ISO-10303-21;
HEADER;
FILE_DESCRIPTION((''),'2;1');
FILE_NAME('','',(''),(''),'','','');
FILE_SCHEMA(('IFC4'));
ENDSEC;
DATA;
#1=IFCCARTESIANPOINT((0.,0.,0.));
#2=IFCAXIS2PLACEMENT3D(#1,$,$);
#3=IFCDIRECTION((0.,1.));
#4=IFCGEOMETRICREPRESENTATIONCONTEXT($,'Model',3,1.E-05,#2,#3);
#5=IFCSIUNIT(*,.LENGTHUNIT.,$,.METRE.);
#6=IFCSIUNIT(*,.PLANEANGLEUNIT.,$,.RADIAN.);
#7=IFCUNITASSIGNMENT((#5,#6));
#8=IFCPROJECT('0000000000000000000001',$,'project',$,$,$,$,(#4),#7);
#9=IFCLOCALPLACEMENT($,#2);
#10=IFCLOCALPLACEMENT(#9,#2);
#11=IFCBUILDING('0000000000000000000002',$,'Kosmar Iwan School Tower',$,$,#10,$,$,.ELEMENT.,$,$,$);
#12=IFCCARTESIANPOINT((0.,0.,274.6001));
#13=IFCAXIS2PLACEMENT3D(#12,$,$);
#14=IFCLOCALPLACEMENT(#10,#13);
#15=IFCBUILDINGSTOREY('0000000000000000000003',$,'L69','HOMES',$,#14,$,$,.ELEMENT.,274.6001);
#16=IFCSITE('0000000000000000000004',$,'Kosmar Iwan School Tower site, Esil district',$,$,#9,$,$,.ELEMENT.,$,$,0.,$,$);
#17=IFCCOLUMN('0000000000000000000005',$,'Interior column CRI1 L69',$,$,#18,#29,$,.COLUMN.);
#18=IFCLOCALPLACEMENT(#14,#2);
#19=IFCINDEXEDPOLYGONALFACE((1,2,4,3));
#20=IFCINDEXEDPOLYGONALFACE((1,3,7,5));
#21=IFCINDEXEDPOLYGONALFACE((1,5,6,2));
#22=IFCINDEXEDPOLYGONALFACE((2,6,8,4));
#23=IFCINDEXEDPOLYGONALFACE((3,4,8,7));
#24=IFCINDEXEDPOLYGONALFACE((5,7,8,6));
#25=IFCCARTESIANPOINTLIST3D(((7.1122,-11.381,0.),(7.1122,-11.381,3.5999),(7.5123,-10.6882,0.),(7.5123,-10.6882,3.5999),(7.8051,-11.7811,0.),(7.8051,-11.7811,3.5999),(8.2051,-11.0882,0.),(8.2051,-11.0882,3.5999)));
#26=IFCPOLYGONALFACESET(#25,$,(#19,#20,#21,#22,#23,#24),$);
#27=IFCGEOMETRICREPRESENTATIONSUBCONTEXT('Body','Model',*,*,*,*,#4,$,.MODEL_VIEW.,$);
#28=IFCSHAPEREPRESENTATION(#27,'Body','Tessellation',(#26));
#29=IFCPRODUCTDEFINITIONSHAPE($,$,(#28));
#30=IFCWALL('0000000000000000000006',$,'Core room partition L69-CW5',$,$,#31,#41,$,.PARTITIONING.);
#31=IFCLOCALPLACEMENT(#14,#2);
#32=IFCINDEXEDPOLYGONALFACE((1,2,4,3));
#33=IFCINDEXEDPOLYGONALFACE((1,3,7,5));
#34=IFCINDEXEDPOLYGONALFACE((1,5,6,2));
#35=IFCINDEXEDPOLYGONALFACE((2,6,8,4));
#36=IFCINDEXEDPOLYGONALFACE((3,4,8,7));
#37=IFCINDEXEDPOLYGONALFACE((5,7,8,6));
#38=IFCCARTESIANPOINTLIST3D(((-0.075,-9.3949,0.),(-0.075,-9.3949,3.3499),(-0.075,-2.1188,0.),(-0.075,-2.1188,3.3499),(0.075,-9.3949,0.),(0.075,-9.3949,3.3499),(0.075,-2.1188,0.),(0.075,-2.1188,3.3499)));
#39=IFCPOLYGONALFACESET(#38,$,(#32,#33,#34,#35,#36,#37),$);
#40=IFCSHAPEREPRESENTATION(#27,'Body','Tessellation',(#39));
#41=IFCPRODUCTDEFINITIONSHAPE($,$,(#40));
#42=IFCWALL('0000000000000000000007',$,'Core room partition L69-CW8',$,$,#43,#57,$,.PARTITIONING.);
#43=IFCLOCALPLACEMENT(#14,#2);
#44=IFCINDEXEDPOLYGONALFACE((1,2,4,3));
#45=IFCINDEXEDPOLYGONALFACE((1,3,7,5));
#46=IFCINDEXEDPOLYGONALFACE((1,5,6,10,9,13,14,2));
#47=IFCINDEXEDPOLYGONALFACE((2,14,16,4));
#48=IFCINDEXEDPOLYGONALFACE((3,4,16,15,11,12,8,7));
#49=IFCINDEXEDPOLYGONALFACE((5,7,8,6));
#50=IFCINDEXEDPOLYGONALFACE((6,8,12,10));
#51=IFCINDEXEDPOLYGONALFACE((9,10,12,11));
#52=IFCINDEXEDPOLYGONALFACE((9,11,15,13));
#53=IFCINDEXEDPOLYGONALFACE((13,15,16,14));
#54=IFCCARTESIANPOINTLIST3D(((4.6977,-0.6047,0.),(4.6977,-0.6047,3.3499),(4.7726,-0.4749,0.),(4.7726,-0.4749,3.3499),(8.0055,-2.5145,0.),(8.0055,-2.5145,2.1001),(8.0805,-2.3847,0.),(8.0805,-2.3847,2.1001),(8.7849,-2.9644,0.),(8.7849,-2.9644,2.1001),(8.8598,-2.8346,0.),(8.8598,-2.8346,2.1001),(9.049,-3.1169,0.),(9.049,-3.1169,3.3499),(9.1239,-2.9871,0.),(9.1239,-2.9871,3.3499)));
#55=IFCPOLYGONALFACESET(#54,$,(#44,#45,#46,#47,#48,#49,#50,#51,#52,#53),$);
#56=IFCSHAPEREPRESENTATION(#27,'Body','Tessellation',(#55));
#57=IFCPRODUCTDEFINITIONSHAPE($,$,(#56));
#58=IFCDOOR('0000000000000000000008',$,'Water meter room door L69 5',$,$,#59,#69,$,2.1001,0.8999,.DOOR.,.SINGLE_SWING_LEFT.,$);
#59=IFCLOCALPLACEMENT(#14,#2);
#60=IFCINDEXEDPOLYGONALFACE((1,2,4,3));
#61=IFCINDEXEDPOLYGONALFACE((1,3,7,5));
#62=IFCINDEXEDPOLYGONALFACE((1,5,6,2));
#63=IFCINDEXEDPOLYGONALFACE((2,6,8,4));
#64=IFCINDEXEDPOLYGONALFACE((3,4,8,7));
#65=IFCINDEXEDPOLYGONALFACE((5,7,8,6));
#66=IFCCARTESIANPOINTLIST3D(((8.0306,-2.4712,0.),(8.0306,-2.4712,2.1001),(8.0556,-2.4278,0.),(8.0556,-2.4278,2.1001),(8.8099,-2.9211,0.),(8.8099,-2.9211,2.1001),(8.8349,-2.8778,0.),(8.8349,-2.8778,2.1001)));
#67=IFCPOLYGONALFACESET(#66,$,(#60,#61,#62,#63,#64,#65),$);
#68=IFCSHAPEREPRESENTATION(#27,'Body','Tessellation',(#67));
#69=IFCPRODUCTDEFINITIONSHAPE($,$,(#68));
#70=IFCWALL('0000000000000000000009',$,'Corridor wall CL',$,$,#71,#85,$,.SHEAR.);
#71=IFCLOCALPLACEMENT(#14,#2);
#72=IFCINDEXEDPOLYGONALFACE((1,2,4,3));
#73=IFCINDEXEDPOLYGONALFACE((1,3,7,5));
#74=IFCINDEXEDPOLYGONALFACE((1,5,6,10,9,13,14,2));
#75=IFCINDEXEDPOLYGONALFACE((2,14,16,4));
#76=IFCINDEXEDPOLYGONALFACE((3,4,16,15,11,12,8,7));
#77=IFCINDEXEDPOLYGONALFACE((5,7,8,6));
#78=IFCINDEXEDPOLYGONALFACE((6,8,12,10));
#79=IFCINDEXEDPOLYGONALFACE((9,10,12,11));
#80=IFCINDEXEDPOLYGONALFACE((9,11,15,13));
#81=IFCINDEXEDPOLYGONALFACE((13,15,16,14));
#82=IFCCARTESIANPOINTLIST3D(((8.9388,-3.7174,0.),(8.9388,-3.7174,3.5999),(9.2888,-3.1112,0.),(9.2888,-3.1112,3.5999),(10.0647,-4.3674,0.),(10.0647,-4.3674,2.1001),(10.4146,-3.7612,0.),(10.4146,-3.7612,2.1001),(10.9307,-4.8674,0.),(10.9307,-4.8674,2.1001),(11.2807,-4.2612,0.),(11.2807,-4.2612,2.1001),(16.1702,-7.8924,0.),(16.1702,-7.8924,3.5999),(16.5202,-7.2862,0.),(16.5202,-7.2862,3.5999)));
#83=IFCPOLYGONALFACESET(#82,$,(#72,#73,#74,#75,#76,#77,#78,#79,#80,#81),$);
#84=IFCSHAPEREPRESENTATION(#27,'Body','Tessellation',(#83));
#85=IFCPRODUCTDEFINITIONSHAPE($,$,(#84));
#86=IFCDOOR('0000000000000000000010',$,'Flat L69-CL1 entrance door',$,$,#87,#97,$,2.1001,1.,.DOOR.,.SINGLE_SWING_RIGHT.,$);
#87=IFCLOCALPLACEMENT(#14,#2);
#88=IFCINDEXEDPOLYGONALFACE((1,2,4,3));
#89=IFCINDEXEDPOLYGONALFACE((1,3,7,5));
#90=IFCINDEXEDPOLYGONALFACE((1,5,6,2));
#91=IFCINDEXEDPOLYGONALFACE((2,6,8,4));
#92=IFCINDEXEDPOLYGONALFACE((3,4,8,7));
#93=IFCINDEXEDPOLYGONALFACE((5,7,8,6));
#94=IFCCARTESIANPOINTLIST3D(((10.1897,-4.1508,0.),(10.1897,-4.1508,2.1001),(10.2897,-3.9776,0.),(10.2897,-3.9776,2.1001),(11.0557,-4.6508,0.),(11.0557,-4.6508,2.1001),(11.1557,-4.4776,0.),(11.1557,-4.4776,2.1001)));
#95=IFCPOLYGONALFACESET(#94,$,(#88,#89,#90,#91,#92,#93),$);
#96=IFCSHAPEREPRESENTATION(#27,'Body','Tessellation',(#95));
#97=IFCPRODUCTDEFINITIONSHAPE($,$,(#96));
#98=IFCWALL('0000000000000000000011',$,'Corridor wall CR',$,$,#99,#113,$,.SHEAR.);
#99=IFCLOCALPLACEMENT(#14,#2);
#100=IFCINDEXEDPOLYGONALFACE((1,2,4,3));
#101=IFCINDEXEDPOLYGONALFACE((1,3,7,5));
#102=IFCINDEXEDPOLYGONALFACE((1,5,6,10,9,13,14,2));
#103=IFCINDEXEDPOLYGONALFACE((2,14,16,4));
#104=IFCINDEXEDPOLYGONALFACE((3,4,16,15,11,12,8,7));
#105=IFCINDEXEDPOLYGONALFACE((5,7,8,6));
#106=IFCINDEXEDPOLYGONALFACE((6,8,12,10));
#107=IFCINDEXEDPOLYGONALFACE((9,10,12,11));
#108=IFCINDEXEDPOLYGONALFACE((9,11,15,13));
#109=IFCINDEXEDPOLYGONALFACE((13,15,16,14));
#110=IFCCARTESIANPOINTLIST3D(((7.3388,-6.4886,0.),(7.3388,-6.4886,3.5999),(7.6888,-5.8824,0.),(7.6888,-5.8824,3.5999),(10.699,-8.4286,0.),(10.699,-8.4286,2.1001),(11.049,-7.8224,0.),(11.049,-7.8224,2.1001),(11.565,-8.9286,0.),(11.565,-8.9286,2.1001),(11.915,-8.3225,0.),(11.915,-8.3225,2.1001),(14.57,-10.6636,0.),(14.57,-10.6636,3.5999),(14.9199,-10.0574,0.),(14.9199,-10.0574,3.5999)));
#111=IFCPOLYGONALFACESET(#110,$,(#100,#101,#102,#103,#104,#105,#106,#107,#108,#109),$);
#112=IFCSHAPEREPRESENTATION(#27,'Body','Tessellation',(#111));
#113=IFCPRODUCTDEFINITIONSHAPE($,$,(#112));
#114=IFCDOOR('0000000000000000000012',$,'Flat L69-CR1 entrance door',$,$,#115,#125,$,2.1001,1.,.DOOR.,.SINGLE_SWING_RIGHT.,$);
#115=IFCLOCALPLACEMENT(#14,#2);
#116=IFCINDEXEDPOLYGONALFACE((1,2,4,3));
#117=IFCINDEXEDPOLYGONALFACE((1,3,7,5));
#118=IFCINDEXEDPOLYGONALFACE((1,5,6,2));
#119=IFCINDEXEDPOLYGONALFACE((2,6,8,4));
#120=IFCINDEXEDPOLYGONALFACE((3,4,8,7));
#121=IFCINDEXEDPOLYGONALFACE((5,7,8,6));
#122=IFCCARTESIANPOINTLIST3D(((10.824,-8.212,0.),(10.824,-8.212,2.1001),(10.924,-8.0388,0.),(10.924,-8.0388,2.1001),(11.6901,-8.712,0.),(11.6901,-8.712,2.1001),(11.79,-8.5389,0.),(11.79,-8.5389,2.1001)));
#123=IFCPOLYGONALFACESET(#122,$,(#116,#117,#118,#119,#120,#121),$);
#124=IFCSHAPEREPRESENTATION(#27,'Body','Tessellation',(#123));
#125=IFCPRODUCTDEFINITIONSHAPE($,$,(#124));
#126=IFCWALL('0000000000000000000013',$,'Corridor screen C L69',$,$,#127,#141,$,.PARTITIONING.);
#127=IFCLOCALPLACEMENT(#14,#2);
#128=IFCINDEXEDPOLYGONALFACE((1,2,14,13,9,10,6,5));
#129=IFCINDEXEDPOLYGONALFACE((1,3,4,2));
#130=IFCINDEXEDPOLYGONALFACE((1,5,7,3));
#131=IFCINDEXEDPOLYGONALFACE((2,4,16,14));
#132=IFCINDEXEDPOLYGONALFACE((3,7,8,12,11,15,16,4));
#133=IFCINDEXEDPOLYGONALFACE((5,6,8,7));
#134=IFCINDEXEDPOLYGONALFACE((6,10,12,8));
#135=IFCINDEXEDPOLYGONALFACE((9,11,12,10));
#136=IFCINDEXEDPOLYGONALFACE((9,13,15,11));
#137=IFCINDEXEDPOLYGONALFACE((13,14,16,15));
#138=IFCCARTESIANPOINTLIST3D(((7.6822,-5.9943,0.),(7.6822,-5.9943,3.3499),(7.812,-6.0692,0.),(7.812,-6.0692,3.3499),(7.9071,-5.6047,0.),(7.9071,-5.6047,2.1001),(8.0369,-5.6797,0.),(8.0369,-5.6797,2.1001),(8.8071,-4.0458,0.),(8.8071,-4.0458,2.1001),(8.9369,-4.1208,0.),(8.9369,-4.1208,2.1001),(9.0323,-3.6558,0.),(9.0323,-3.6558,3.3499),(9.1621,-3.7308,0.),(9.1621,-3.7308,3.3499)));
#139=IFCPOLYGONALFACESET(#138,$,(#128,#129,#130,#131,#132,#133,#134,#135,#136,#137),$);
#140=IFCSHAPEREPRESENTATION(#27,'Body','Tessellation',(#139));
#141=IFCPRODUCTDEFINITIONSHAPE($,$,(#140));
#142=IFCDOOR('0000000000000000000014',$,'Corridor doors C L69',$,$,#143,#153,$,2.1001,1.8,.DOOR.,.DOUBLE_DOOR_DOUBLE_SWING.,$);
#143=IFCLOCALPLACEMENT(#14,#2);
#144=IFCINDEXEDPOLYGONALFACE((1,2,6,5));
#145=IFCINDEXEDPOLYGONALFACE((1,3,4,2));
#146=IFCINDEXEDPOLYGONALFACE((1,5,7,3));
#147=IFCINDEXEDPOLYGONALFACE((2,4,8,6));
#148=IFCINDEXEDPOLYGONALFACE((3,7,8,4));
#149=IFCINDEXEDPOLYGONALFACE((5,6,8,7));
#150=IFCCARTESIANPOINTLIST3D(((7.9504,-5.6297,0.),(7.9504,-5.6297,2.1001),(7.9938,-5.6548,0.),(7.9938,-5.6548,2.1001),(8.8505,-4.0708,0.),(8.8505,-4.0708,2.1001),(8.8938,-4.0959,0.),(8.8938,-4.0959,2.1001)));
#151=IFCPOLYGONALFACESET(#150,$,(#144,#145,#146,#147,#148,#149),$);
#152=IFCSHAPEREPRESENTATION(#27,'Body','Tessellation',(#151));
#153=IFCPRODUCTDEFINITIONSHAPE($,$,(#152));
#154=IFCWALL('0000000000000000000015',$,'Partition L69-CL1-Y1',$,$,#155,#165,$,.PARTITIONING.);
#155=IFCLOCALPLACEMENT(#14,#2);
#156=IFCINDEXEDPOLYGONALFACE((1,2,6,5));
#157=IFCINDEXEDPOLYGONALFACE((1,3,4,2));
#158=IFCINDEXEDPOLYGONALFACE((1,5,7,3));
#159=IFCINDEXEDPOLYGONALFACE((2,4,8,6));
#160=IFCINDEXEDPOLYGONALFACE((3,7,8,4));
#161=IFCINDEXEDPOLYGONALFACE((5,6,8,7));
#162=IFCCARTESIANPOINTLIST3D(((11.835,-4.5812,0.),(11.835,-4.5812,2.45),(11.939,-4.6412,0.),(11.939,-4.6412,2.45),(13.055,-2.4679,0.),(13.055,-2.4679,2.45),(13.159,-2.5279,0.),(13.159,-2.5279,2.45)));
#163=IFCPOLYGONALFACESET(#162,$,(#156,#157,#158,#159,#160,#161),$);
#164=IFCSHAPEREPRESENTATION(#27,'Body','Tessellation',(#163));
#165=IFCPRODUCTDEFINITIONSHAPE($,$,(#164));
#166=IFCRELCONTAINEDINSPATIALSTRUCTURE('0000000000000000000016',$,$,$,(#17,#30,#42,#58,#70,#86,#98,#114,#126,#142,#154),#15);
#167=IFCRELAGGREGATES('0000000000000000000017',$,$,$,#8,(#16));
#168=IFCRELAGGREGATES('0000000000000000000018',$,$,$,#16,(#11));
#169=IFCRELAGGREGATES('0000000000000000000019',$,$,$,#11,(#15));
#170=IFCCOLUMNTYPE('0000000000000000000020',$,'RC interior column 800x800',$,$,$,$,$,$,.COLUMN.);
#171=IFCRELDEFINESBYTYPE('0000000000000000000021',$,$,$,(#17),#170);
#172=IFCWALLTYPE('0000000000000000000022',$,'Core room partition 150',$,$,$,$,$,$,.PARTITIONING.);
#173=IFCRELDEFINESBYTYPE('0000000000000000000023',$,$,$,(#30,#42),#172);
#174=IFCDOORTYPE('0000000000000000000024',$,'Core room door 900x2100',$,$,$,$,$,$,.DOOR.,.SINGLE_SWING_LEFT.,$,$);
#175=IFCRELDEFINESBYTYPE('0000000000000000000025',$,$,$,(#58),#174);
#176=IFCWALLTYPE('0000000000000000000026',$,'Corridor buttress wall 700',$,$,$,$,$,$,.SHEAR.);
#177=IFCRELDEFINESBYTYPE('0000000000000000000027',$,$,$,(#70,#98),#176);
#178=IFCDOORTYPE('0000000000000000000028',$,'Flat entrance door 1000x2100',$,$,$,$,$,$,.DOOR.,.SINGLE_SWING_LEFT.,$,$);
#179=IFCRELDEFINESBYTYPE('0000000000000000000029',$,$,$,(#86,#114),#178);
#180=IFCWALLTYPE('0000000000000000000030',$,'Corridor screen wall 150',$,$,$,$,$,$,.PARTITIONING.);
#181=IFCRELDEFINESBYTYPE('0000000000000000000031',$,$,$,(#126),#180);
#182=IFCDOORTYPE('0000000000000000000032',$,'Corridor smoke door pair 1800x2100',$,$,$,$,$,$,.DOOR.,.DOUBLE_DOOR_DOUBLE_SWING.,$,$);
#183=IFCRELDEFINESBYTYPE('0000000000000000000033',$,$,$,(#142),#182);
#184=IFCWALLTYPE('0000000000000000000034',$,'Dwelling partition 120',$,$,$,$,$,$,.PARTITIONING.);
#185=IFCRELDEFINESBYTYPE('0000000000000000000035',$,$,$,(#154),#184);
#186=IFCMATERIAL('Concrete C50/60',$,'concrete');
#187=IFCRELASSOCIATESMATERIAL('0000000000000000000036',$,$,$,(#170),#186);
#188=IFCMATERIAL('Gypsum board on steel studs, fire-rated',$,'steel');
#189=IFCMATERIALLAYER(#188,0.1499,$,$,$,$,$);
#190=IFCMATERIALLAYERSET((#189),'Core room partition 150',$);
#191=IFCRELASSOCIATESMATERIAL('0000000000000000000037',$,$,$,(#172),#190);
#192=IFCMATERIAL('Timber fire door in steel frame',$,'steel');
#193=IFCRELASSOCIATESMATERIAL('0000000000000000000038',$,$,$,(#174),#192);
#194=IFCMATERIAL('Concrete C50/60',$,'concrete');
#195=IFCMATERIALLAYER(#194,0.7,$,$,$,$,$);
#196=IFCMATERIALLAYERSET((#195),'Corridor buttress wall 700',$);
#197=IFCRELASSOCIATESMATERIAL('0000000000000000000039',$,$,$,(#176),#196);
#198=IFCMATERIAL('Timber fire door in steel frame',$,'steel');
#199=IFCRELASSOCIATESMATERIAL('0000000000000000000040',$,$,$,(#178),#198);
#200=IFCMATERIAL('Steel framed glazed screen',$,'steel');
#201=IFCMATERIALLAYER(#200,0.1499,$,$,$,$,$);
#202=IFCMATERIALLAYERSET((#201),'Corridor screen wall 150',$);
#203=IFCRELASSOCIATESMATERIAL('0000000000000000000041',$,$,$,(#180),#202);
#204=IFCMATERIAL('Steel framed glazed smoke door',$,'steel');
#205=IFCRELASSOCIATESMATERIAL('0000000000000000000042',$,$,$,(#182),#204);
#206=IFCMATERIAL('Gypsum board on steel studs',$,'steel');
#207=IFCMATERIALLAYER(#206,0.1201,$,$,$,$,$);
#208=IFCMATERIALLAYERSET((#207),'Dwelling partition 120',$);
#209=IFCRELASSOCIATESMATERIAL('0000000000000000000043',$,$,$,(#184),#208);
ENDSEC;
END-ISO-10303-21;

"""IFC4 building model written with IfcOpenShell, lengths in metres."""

from ifc_helpers import new_model, si_unit, direction, frame, frame_2d, origin, origin_2d, place, context, subcontext, project, spatial, rectangle, extrude, material, layer, layer_set, material_profile, profile_set, type_object, element, fill, save


model = new_model("IFC4")

# Units and contexts
model_context = context("Model", 3, precision=1e-05, world=origin(), true_north=direction((0.0, 1.0)))
body_context = subcontext(model_context, "Body", "Model", "MODEL_VIEW")
ifc_project = project(units=[si_unit("LENGTHUNIT", "METRE"), si_unit("PLANEANGLEUNIT", "RADIAN")], contexts=[model_context])

# Site, building, storey
site_placement = place(None, origin())
site = spatial("IfcSite", under=ifc_project, at=site_placement, Name="Kosmar Iwan School Tower site, Esil district", CompositionType="ELEMENT", RefElevation=0.0)
building_placement = place(site_placement, origin())
building = spatial("IfcBuilding", under=site, at=building_placement, Name="Kosmar Iwan School Tower", CompositionType="ELEMENT")
storey_placement = place(building_placement, frame((0.0, 0.0, 274.6001)))
storey = spatial("IfcBuildingStorey", under=building, at=storey_placement, Name="L69", Description="HOMES", CompositionType="ELEMENT", Elevation=274.6001)

# Column
ifc_material_1 = material(Name="Concrete C50/60", Category="concrete")
ifc_material_profile = material_profile(ifc_material_1, rectangle(XDim=0.8, YDim=0.8, at=origin_2d()), Name="RC 800x800")
ifc_profile_set = profile_set([ifc_material_profile], Name="Concrete C50/60")
column_type = type_object("IfcColumnType", Name="RC interior column 800x800", PredefinedType="COLUMN", material=ifc_profile_set)
column_placement = place(storey_placement, frame((7.6587, -11.2346, 0.0), z_axis=(0.0, 0.0, 1.0), x_axis=(0.866025, -0.5, 0.0)))
element("IfcColumn", 1, at=column_placement, inside=storey, type_object=column_type, Name="Interior column CRI1 L69", PredefinedType="COLUMN", context=body_context, shape_type="SweptSolid", body=[
    extrude(rectangle(XDim=0.8, YDim=0.8, at=origin_2d()), origin(), (0.0, 0.0, 1.0), 3.5999),
])

# Wall
ifc_material_2 = material(Name="Gypsum board on steel studs, fire-rated", Category="steel")
ifc_layer_1 = layer(ifc_material_2, 0.1499)
ifc_layer_set_1 = layer_set([ifc_layer_1], Name="Core room partition 150")
wall_type_1 = type_object("IfcWallType", Name="Core room partition 150", PredefinedType="PARTITIONING", material=ifc_layer_set_1)
wall_1_placement = place(storey_placement, frame((0.0, -9.395, 0.0), z_axis=(0.0, 0.0, 1.0), x_axis=(0.0, 1.0, 0.0)))
element("IfcWall", 2, at=wall_1_placement, inside=storey, type_object=wall_type_1, Name="Core room partition L69-CW5", PredefinedType="PARTITIONING", context=body_context, shape_type="SweptSolid", body=[
    extrude(rectangle(XDim=7.2761, YDim=0.1499, at=frame_2d((3.6382, 0.0))), origin(), (0.0, 0.0, 1.0), 3.3499),
])

# Walls, openings, doors
wall_2_placement = place(storey_placement, frame((9.0864, -3.052, 0.0), z_axis=(0.0, 0.0, 1.0), x_axis=(-0.866028, 0.499996, 0.0)))
wall_2 = element("IfcWall", 3, at=wall_2_placement, inside=storey, type_object=wall_type_1, Name="Core room partition L69-CW8", PredefinedType="PARTITIONING", context=body_context, shape_type="SweptSolid", body=[
    extrude(rectangle(XDim=5.0244, YDim=0.1499, at=frame_2d((2.5122, 0.0))), origin(), (0.0, 0.0, 1.0), 3.3499),
])
opening_1_placement = place(wall_2_placement, frame((0.3049, 0.0, 0.0)))
opening_1 = element("IfcOpeningElement", 4, at=opening_1_placement, cuts=wall_2, PredefinedType="OPENING", context=body_context, shape_type="SweptSolid", body=[
    extrude(rectangle(XDim=0.8999, YDim=2.1001, at=frame_2d((0.45, 1.05))), frame((0.0, 0.0869, 0.0), z_axis=(0.0, -1.0, 0.0), x_axis=(1.0, 0.0, 0.0)), (0.0, 0.0, 1.0), 0.1738),
])
ifc_material_3 = material(Name="Timber fire door in steel frame", Category="steel")
door_type_1 = type_object("IfcDoorType", Name="Core room door 900x2100", OperationType="SINGLE_SWING_LEFT", PredefinedType="DOOR", material=ifc_material_3)
door_1_placement = place(opening_1_placement, origin())
door_1 = element("IfcDoor", 5, at=door_1_placement, inside=storey, type_object=door_type_1, Name="Water meter room door L69 5", OperationType="SINGLE_SWING_LEFT", OverallHeight=2.1001, OverallWidth=0.8999, PredefinedType="DOOR", context=body_context, shape_type="SweptSolid", body=[
    extrude(rectangle(XDim=0.8999, YDim=2.1001, at=frame_2d((0.45, 1.05))), frame((0.0, 0.0249, 0.0), z_axis=(0.0, -1.0, 0.0), x_axis=(1.0, 0.0, 0.0)), (0.0, 0.0, 1.0), 0.05),
])
fill(opening_1, door_1)
ifc_material_4 = material(Name="Concrete C50/60", Category="concrete")
ifc_layer_2 = layer(ifc_material_4, 0.7)
ifc_layer_set_2 = layer_set([ifc_layer_2], Name="Corridor buttress wall 700")
wall_type_2 = type_object("IfcWallType", Name="Corridor buttress wall 700", PredefinedType="SHEAR", material=ifc_layer_set_2)
wall_3_placement = place(storey_placement, frame((9.1138, -3.4143, 0.0), z_axis=(0.0, 0.0, 1.0), x_axis=(0.866027, -0.499997, 0.0)))
wall_3 = element("IfcWall", 6, at=wall_3_placement, inside=storey, type_object=wall_type_2, Name="Corridor wall CL", PredefinedType="SHEAR", context=body_context, shape_type="SweptSolid", body=[
    extrude(rectangle(XDim=8.3501, YDim=0.7, at=frame_2d((4.175, 0.0))), origin(), (0.0, 0.0, 1.0), 3.5999),
])
opening_2_placement = place(wall_3_placement, frame((1.3, 0.0, 0.0)))
opening_2 = element("IfcOpeningElement", 7, at=opening_2_placement, cuts=wall_3, PredefinedType="OPENING", context=body_context, shape_type="SweptSolid", body=[
    extrude(rectangle(XDim=1.0, YDim=2.1001, at=frame_2d((0.5, 1.05))), frame((0.0, 0.3621, 0.0), z_axis=(0.0, -1.0, 0.0), x_axis=(1.0, 0.0, 0.0)), (0.0, 0.0, 1.0), 0.7239),
])
ifc_material_5 = material(Name="Timber fire door in steel frame", Category="steel")
door_type_2 = type_object("IfcDoorType", Name="Flat entrance door 1000x2100", OperationType="SINGLE_SWING_LEFT", PredefinedType="DOOR", material=ifc_material_5)
door_2_placement = place(opening_2_placement, origin())
door_2 = element("IfcDoor", 8, at=door_2_placement, inside=storey, type_object=door_type_2, Name="Flat L69-CL1 entrance door", OperationType="SINGLE_SWING_RIGHT", OverallHeight=2.1001, OverallWidth=1.0, PredefinedType="DOOR", context=body_context, shape_type="SweptSolid", body=[
    extrude(rectangle(XDim=1.0, YDim=2.1001, at=frame_2d((0.5, 1.05))), frame((0.0, 0.1001, 0.0), z_axis=(0.0, -1.0, 0.0), x_axis=(1.0, 0.0, 0.0)), (0.0, 0.0, 1.0), 0.2),
])
fill(opening_2, door_2)
wall_4_placement = place(storey_placement, frame((7.5139, -6.1855, 0.0), z_axis=(0.0, 0.0, 1.0), x_axis=(0.86602, -0.50001, 0.0)))
wall_4 = element("IfcWall", 9, at=wall_4_placement, inside=storey, type_object=wall_type_2, Name="Corridor wall CR", PredefinedType="SHEAR", context=body_context, shape_type="SweptSolid", body=[
    extrude(rectangle(XDim=8.3499, YDim=0.7, at=frame_2d((4.1748, 0.0))), origin(), (0.0, 0.0, 1.0), 3.5999),
])
opening_3_placement = place(wall_4_placement, frame((3.8799, 0.0, 0.0)))
opening_3 = element("IfcOpeningElement", 10, at=opening_3_placement, cuts=wall_4, PredefinedType="OPENING", context=body_context, shape_type="SweptSolid", body=[
    extrude(rectangle(XDim=1.0, YDim=2.1001, at=frame_2d((0.5, 1.05))), frame((0.0, 0.3621, 0.0), z_axis=(0.0, -1.0, 0.0), x_axis=(1.0, 0.0, 0.0)), (0.0, 0.0, 1.0), 0.7239),
])
door_3_placement = place(opening_3_placement, origin())
door_3 = element("IfcDoor", 11, at=door_3_placement, inside=storey, type_object=door_type_2, Name="Flat L69-CR1 entrance door", OperationType="SINGLE_SWING_RIGHT", OverallHeight=2.1001, OverallWidth=1.0, PredefinedType="DOOR", context=body_context, shape_type="SweptSolid", body=[
    extrude(rectangle(XDim=1.0, YDim=2.1001, at=frame_2d((0.5, 1.05))), frame((0.0, 0.1001, 0.0), z_axis=(0.0, -1.0, 0.0), x_axis=(1.0, 0.0, 0.0)), (0.0, 0.0, 1.0), 0.2),
])
fill(opening_3, door_3)
ifc_material_6 = material(Name="Steel framed glazed screen", Category="steel")
ifc_layer_3 = layer(ifc_material_6, 0.1499)
ifc_layer_set_3 = layer_set([ifc_layer_3], Name="Corridor screen wall 150")
wall_type_3 = type_object("IfcWallType", Name="Corridor screen wall 150", PredefinedType="PARTITIONING", material=ifc_layer_set_3)
wall_5_placement = place(storey_placement, frame((7.7471, -6.0317, 0.0), z_axis=(0.0, 0.0, 1.0), x_axis=(0.500009, 0.86602, 0.0)))
wall_5 = element("IfcWall", 12, at=wall_5_placement, inside=storey, type_object=wall_type_3, Name="Corridor screen C L69", PredefinedType="PARTITIONING", context=body_context, shape_type="SweptSolid", body=[
    extrude(rectangle(XDim=2.7002, YDim=0.1499, at=frame_2d((1.3501, 0.0))), origin(), (0.0, 0.0, 1.0), 3.3499),
])
opening_4_placement = place(wall_5_placement, frame((0.45, 0.0, 0.0)))
opening_4 = element("IfcOpeningElement", 13, at=opening_4_placement, cuts=wall_5, PredefinedType="OPENING", context=body_context, shape_type="SweptSolid", body=[
    extrude(rectangle(XDim=1.8, YDim=2.1001, at=frame_2d((0.8999, 1.05))), frame((0.0, 0.0869, 0.0), z_axis=(0.0, -1.0, 0.0), x_axis=(1.0, 0.0, 0.0)), (0.0, 0.0, 1.0), 0.1738),
])
ifc_material_7 = material(Name="Steel framed glazed smoke door", Category="steel")
door_type_3 = type_object("IfcDoorType", Name="Corridor smoke door pair 1800x2100", OperationType="DOUBLE_DOOR_DOUBLE_SWING", PredefinedType="DOOR", material=ifc_material_7)
door_4_placement = place(opening_4_placement, origin())
door_4 = element("IfcDoor", 14, at=door_4_placement, inside=storey, type_object=door_type_3, Name="Corridor doors C L69", OperationType="DOUBLE_DOOR_DOUBLE_SWING", OverallHeight=2.1001, OverallWidth=1.8, PredefinedType="DOOR", context=body_context, shape_type="SweptSolid", body=[
    extrude(rectangle(XDim=1.8, YDim=2.1001, at=frame_2d((0.8999, 1.05))), frame((0.0, 0.0249, 0.0), z_axis=(0.0, -1.0, 0.0), x_axis=(1.0, 0.0, 0.0)), (0.0, 0.0, 1.0), 0.05),
])
fill(opening_4, door_4)

# Wall
ifc_material_8 = material(Name="Gypsum board on steel studs", Category="steel")
ifc_layer_4 = layer(ifc_material_8, 0.1201)
ifc_layer_set_4 = layer_set([ifc_layer_4], Name="Dwelling partition 120")
wall_type_4 = type_object("IfcWallType", Name="Dwelling partition 120", PredefinedType="PARTITIONING", material=ifc_layer_set_4)
wall_6_placement = place(storey_placement, frame((11.887, -4.6113, 0.0), z_axis=(0.0, 0.0, 1.0), x_axis=(0.499959, 0.866049, 0.0)))
element("IfcWall", 15, at=wall_6_placement, inside=storey, type_object=wall_type_4, Name="Partition L69-CL1-Y1", PredefinedType="PARTITIONING", context=body_context, shape_type="SweptSolid", body=[
    extrude(rectangle(XDim=2.4402, YDim=0.1201, at=frame_2d((1.2202, 0.0))), origin(), (0.0, 0.0, 1.0), 2.45),
])

save(model, "model.ifc")
